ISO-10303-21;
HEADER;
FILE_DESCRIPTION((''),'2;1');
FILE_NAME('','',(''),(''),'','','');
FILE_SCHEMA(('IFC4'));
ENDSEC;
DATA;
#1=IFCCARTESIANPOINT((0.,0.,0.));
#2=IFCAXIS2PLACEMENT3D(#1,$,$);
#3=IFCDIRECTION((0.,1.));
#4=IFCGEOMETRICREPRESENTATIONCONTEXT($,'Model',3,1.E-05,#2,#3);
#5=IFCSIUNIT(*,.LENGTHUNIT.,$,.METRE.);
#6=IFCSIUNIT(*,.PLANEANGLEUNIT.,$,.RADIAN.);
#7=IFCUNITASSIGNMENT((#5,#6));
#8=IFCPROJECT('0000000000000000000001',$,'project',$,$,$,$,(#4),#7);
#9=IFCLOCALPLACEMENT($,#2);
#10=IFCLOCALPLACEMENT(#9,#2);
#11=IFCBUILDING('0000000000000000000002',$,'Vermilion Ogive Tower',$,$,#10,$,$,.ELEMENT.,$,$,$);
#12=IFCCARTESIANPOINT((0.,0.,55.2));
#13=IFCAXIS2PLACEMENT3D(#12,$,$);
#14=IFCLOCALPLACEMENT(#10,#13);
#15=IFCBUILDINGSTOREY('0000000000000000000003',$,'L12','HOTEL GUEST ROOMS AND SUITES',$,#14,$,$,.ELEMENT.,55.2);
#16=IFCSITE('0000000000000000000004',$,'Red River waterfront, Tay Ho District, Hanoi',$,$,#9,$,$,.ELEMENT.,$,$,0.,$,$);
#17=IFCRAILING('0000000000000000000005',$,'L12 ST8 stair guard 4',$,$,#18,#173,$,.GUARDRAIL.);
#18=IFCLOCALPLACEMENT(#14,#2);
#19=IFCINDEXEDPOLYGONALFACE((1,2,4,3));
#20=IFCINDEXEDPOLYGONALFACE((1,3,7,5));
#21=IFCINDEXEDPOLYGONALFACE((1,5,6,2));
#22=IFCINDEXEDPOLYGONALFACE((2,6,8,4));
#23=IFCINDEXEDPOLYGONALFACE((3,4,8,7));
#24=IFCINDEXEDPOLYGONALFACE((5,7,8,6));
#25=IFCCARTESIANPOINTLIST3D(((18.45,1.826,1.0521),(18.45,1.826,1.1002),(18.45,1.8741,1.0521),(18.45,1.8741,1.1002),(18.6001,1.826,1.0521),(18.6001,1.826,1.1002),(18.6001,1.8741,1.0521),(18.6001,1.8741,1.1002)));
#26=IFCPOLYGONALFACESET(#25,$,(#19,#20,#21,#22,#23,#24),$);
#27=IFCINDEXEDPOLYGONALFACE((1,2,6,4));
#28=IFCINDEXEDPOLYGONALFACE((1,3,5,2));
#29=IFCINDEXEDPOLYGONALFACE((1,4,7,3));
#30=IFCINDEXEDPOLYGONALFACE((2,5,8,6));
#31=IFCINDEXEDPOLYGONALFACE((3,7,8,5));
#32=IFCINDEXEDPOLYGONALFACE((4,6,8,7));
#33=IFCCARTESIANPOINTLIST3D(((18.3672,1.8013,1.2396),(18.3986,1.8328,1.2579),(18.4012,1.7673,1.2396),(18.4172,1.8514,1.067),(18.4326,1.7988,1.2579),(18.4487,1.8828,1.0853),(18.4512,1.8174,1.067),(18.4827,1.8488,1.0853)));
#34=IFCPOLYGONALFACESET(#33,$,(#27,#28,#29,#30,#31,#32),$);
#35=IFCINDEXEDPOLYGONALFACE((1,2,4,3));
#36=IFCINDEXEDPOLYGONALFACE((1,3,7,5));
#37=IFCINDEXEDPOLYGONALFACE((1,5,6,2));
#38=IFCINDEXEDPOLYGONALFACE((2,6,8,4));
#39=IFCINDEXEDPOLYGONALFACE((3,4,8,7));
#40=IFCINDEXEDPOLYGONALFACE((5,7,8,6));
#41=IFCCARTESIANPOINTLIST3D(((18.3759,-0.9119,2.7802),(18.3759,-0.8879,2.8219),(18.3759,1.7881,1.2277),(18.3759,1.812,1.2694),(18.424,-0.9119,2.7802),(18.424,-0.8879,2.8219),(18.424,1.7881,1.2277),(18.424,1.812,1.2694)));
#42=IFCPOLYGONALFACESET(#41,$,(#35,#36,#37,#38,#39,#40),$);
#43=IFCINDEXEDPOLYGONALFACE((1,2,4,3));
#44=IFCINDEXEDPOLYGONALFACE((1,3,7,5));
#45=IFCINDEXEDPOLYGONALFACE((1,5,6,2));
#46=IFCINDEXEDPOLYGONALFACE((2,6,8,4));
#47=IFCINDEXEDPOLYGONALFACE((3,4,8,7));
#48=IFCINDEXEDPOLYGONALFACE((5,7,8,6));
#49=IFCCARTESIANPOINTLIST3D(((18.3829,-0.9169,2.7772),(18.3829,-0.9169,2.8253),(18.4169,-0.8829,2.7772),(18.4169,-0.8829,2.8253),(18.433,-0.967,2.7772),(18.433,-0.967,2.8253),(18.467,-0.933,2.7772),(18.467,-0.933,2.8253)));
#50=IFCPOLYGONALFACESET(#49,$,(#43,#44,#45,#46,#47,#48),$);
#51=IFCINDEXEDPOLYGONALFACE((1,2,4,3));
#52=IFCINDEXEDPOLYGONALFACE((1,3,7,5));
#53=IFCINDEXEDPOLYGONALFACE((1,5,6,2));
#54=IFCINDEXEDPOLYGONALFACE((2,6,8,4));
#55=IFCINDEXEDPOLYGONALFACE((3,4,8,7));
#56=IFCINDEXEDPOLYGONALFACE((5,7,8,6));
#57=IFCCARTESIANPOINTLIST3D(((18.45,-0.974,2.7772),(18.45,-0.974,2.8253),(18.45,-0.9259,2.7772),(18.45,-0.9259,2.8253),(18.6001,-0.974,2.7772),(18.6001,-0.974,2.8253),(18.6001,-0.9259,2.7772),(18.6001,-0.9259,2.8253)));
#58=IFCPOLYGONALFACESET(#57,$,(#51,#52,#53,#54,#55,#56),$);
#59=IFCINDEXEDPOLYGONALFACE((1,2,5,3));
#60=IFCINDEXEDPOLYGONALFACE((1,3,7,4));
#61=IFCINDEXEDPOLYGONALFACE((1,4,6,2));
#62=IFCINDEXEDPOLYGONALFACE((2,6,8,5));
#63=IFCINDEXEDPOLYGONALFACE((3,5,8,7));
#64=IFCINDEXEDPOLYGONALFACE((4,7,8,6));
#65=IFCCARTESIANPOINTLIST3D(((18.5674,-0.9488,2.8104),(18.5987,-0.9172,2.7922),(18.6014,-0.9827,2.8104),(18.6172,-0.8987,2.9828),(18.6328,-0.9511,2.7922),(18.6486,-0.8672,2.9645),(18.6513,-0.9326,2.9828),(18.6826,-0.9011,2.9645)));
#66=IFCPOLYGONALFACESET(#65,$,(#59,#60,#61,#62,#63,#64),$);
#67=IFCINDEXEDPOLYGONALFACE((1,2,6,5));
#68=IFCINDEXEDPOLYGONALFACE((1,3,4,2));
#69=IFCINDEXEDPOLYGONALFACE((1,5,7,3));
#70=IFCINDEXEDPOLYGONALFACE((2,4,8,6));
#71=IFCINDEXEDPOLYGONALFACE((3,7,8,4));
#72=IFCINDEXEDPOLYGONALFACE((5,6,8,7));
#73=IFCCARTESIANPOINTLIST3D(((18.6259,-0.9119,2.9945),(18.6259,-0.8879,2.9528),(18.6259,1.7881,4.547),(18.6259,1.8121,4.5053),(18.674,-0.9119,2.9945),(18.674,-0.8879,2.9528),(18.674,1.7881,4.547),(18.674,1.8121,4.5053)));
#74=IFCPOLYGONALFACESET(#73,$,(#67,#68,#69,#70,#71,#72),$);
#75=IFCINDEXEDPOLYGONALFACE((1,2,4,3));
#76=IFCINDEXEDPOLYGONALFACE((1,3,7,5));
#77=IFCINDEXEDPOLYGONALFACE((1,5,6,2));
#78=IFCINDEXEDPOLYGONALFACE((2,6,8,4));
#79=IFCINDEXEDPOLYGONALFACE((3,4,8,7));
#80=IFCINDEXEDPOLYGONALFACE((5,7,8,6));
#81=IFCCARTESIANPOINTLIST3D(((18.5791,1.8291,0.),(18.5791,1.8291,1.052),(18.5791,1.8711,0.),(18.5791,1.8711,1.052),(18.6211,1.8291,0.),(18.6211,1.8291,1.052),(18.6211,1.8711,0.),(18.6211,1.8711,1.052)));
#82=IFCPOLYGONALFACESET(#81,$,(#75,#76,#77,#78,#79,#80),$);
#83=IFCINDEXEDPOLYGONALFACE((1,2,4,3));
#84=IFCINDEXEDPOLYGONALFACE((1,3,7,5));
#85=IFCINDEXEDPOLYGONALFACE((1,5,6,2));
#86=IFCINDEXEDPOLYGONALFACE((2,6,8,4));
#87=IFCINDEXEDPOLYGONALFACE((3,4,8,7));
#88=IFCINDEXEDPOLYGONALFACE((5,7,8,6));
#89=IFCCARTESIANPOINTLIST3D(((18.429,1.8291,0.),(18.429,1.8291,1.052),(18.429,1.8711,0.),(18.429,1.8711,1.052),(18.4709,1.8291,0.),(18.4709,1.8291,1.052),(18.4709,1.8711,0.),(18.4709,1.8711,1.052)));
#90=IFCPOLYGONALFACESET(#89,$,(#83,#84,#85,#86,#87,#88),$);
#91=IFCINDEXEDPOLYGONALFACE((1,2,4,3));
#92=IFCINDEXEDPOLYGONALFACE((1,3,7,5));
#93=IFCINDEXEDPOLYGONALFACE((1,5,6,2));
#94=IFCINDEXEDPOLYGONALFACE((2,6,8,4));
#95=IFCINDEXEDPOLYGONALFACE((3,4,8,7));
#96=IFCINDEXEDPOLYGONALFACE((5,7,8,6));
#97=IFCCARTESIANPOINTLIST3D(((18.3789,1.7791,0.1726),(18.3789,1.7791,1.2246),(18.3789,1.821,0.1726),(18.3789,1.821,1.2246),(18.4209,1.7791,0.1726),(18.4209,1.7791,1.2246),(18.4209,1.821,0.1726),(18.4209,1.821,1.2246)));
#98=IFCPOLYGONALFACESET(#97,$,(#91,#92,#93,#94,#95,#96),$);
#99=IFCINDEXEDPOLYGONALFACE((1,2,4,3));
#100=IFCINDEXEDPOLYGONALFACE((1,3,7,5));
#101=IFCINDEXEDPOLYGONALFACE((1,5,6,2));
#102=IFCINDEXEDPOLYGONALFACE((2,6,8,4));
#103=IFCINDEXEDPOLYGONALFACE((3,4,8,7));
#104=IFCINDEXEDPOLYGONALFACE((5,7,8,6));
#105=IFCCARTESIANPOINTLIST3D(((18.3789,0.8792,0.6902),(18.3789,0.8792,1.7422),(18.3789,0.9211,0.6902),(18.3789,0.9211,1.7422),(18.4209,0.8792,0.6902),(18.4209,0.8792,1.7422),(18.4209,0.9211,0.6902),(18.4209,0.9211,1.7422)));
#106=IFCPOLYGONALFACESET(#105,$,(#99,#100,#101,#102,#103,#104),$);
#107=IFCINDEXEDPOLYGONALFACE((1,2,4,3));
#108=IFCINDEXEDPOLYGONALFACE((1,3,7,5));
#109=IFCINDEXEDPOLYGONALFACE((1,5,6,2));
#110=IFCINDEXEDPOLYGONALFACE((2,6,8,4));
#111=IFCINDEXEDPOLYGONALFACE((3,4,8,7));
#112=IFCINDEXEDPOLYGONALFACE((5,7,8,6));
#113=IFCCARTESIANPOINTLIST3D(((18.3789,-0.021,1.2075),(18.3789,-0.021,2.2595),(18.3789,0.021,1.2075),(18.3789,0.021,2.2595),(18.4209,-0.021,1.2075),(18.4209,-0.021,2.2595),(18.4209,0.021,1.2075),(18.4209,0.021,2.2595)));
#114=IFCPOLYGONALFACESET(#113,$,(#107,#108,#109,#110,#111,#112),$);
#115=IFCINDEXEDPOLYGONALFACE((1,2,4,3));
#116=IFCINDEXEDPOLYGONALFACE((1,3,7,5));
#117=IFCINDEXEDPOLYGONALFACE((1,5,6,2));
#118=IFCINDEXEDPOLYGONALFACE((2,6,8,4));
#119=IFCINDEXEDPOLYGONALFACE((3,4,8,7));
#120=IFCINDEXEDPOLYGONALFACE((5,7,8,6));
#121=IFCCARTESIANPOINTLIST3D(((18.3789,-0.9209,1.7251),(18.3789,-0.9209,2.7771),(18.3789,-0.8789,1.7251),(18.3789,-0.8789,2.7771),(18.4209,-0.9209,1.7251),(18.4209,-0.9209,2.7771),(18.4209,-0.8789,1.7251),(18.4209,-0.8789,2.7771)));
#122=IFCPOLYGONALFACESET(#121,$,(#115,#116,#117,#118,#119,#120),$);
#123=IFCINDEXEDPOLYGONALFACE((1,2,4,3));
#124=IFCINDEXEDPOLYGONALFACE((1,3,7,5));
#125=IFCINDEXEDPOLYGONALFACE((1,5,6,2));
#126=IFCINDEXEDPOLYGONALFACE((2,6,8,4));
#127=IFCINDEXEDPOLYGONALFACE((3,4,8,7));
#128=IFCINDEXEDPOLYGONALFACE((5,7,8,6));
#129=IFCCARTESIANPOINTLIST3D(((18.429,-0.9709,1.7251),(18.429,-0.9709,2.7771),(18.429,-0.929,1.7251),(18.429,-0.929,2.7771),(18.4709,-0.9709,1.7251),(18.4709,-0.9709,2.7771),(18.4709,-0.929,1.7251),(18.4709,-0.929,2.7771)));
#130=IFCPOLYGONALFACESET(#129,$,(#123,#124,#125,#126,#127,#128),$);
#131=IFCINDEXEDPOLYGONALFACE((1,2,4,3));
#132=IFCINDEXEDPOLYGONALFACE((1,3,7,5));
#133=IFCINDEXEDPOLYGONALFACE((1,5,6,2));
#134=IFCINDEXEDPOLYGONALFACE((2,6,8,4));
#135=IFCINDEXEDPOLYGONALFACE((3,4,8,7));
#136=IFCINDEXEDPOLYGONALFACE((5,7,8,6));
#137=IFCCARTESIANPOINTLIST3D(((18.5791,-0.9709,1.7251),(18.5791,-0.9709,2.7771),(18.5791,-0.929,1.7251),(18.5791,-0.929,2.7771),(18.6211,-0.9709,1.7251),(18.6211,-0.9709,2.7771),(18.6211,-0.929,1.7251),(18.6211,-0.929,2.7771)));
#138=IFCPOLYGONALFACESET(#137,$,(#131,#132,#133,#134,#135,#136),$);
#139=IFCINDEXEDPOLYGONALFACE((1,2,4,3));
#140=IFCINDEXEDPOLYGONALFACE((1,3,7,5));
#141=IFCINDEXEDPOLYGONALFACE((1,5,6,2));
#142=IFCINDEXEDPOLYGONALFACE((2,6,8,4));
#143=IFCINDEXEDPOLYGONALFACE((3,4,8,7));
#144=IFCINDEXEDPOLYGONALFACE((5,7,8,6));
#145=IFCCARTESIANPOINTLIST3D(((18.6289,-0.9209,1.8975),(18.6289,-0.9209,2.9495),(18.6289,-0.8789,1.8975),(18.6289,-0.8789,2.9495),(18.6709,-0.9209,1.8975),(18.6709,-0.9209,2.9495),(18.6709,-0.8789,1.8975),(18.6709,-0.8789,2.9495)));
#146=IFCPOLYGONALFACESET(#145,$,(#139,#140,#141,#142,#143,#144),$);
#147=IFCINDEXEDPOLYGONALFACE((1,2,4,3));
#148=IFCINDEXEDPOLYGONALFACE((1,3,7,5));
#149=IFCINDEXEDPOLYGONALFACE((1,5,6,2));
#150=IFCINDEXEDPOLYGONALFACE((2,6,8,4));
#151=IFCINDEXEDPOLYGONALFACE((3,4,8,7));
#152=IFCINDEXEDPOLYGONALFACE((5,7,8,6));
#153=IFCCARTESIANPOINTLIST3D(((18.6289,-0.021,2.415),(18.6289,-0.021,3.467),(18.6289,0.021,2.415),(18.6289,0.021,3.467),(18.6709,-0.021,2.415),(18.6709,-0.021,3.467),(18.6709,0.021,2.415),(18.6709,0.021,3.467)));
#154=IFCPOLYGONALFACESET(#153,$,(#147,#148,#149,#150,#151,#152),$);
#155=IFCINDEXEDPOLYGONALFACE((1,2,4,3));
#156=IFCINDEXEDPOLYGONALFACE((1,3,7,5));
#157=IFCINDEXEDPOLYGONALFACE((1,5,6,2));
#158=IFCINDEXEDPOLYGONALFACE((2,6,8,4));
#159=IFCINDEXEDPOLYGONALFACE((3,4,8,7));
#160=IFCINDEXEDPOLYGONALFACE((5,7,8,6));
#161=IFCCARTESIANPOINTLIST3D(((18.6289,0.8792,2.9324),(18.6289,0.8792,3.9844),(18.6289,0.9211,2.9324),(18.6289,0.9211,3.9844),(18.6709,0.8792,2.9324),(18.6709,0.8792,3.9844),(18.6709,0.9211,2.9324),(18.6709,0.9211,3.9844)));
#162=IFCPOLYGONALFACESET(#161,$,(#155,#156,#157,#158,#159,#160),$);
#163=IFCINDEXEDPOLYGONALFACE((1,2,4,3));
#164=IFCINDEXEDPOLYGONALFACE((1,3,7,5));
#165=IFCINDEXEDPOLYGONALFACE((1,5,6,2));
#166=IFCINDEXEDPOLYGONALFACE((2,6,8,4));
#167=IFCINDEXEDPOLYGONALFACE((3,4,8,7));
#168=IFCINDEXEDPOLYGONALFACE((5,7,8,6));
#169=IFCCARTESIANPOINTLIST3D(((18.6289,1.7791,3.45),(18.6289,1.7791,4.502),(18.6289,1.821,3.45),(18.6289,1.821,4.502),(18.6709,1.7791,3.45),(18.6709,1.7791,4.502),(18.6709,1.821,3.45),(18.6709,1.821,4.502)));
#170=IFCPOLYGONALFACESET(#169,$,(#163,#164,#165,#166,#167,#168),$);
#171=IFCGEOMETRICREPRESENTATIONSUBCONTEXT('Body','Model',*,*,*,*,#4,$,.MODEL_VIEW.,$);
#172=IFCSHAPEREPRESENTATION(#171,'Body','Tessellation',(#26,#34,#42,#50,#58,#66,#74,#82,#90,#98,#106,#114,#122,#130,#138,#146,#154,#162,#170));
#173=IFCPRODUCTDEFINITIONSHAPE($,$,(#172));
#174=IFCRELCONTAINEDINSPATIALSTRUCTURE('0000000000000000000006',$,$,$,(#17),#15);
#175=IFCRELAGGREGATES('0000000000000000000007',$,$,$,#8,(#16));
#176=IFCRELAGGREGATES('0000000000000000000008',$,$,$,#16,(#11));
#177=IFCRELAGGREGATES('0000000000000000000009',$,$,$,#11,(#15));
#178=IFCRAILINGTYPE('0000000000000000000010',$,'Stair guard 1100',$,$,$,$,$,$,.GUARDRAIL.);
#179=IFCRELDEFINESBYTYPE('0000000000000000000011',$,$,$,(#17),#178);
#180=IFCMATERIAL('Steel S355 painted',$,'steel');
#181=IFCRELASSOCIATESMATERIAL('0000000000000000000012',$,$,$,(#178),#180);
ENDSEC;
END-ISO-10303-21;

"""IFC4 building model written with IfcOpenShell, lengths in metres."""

from ifc_helpers import new_model, si_unit, direction, frame, origin, origin_2d, place, context, subcontext, project, spatial, rectangle, extrude, material, type_object, element, save


model = new_model("IFC4")

# Units and contexts
model_context = context("Model", 3, precision=1e-05, world=origin(), true_north=direction((0.0, 1.0)))
body_context = subcontext(model_context, "Body", "Model", "MODEL_VIEW")
ifc_project = project(units=[si_unit("LENGTHUNIT", "METRE"), si_unit("PLANEANGLEUNIT", "RADIAN")], contexts=[model_context])

# Site, building, storey
site_placement = place(None, origin())
site = spatial("IfcSite", under=ifc_project, at=site_placement, Name="Red River waterfront, Tay Ho District, Hanoi", CompositionType="ELEMENT", RefElevation=0.0)
building_placement = place(site_placement, origin())
building = spatial("IfcBuilding", under=site, at=building_placement, Name="Vermilion Ogive Tower", CompositionType="ELEMENT")
storey_placement = place(building_placement, frame((0.0, 0.0, 55.2)))
storey = spatial("IfcBuildingStorey", under=building, at=storey_placement, Name="L12", Description="HOTEL GUEST ROOMS AND SUITES", CompositionType="ELEMENT", Elevation=55.2)

# Railing
ifc_material_1 = material(Name="Steel S355 painted", Category="steel")
railing_type_1 = type_object("IfcRailingType", Name="Stair guard 1100", PredefinedType="GUARDRAIL", material=ifc_material_1)
railing_1_placement = place(storey_placement, frame((18.6001, 1.8501, 0.0)))
element("IfcRailing", 1, at=railing_1_placement, inside=storey, type_object=railing_type_1, Name="L12 ST8 stair guard 4", PredefinedType="GUARDRAIL", context=body_context, shape_type="SweptSolid", body=[
    extrude(rectangle(XDim=0.0481, YDim=0.0481, at=origin_2d()), frame((0.0, 0.0, 1.0762), z_axis=(-1.0, 0.0, 0.0), x_axis=(0.0, -1.0, 0.0)), (0.0, 0.0, 1.0), 0.1501),
    extrude(rectangle(XDim=0.0481, YDim=0.0481, at=origin_2d()), frame((-0.1501, 0.0, 1.0762), z_axis=(-0.268278, -0.268278, 0.925232), x_axis=(0.707107, -0.707107, 0.0)), (0.0, 0.0, 1.0), 0.1865),
    extrude(rectangle(XDim=0.0481, YDim=0.0481, at=origin_2d()), frame((-0.2002, -0.05, 1.2485), z_axis=(0.0, -0.866904, 0.498476), x_axis=(1.0, 0.0, 0.0)), (0.0, 0.0, 1.0), 3.1145),
    extrude(rectangle(XDim=0.0481, YDim=0.0481, at=origin_2d()), frame((-0.2002, -2.75, 2.8013), z_axis=(0.707107, -0.707107, 0.0), x_axis=(0.707107, 0.707107, 0.0)), (0.0, 0.0, 1.0), 0.0708),
    extrude(rectangle(XDim=0.0481, YDim=0.0481, at=origin_2d()), frame((-0.1501, -2.8, 2.8013), z_axis=(1.0, 0.0, 0.0), x_axis=(0.0, 1.0, 0.0)), (0.0, 0.0, 1.0), 0.1501),
    extrude(rectangle(XDim=0.0481, YDim=0.0481, at=origin_2d()), frame((0.0, -2.8, 2.8013), z_axis=(0.267387, 0.268698, 0.925368), x_axis=(-0.708834, 0.705376, 0.0)), (0.0, 0.0, 1.0), 0.1863),
    extrude(rectangle(XDim=0.0481, YDim=0.0481, at=origin_2d()), frame((0.0498, -2.75, 2.9736), z_axis=(0.0, 0.866904, 0.498476), x_axis=(-1.0, 0.0, 0.0)), (0.0, 0.0, 1.0), 3.1145),
    extrude(rectangle(XDim=0.042, YDim=0.042, at=origin_2d()), origin(), (0.0, 0.0, 1.0), 1.052),
    extrude(rectangle(XDim=0.042, YDim=0.042, at=origin_2d()), frame((-0.1501, 0.0, 0.0)), (0.0, 0.0, 1.0), 1.052),
    extrude(rectangle(XDim=0.042, YDim=0.042, at=origin_2d()), frame((-0.2002, -0.05, 0.1726)), (0.0, 0.0, 1.0), 1.052),
    extrude(rectangle(XDim=0.042, YDim=0.042, at=origin_2d()), frame((-0.2002, -0.95, 0.6902)), (0.0, 0.0, 1.0), 1.052),
    extrude(rectangle(XDim=0.042, YDim=0.042, at=origin_2d()), frame((-0.2002, -1.8501, 1.2075)), (0.0, 0.0, 1.0), 1.052),
    extrude(rectangle(XDim=0.042, YDim=0.042, at=origin_2d()), frame((-0.2002, -2.75, 1.7251)), (0.0, 0.0, 1.0), 1.052),
    extrude(rectangle(XDim=0.042, YDim=0.042, at=origin_2d()), frame((-0.1501, -2.8, 1.7251)), (0.0, 0.0, 1.0), 1.052),
    extrude(rectangle(XDim=0.042, YDim=0.042, at=origin_2d()), frame((0.0, -2.8, 1.7251)), (0.0, 0.0, 1.0), 1.052),
    extrude(rectangle(XDim=0.042, YDim=0.042, at=origin_2d()), frame((0.0498, -2.75, 1.8975)), (0.0, 0.0, 1.0), 1.052),
    extrude(rectangle(XDim=0.042, YDim=0.042, at=origin_2d()), frame((0.0498, -1.8501, 2.415)), (0.0, 0.0, 1.0), 1.052),
    extrude(rectangle(XDim=0.042, YDim=0.042, at=origin_2d()), frame((0.0498, -0.95, 2.9324)), (0.0, 0.0, 1.0), 1.052),
    extrude(rectangle(XDim=0.042, YDim=0.042, at=origin_2d()), frame((0.0498, -0.05, 3.45)), (0.0, 0.0, 1.0), 1.052),
])

save(model, "model.ifc")
